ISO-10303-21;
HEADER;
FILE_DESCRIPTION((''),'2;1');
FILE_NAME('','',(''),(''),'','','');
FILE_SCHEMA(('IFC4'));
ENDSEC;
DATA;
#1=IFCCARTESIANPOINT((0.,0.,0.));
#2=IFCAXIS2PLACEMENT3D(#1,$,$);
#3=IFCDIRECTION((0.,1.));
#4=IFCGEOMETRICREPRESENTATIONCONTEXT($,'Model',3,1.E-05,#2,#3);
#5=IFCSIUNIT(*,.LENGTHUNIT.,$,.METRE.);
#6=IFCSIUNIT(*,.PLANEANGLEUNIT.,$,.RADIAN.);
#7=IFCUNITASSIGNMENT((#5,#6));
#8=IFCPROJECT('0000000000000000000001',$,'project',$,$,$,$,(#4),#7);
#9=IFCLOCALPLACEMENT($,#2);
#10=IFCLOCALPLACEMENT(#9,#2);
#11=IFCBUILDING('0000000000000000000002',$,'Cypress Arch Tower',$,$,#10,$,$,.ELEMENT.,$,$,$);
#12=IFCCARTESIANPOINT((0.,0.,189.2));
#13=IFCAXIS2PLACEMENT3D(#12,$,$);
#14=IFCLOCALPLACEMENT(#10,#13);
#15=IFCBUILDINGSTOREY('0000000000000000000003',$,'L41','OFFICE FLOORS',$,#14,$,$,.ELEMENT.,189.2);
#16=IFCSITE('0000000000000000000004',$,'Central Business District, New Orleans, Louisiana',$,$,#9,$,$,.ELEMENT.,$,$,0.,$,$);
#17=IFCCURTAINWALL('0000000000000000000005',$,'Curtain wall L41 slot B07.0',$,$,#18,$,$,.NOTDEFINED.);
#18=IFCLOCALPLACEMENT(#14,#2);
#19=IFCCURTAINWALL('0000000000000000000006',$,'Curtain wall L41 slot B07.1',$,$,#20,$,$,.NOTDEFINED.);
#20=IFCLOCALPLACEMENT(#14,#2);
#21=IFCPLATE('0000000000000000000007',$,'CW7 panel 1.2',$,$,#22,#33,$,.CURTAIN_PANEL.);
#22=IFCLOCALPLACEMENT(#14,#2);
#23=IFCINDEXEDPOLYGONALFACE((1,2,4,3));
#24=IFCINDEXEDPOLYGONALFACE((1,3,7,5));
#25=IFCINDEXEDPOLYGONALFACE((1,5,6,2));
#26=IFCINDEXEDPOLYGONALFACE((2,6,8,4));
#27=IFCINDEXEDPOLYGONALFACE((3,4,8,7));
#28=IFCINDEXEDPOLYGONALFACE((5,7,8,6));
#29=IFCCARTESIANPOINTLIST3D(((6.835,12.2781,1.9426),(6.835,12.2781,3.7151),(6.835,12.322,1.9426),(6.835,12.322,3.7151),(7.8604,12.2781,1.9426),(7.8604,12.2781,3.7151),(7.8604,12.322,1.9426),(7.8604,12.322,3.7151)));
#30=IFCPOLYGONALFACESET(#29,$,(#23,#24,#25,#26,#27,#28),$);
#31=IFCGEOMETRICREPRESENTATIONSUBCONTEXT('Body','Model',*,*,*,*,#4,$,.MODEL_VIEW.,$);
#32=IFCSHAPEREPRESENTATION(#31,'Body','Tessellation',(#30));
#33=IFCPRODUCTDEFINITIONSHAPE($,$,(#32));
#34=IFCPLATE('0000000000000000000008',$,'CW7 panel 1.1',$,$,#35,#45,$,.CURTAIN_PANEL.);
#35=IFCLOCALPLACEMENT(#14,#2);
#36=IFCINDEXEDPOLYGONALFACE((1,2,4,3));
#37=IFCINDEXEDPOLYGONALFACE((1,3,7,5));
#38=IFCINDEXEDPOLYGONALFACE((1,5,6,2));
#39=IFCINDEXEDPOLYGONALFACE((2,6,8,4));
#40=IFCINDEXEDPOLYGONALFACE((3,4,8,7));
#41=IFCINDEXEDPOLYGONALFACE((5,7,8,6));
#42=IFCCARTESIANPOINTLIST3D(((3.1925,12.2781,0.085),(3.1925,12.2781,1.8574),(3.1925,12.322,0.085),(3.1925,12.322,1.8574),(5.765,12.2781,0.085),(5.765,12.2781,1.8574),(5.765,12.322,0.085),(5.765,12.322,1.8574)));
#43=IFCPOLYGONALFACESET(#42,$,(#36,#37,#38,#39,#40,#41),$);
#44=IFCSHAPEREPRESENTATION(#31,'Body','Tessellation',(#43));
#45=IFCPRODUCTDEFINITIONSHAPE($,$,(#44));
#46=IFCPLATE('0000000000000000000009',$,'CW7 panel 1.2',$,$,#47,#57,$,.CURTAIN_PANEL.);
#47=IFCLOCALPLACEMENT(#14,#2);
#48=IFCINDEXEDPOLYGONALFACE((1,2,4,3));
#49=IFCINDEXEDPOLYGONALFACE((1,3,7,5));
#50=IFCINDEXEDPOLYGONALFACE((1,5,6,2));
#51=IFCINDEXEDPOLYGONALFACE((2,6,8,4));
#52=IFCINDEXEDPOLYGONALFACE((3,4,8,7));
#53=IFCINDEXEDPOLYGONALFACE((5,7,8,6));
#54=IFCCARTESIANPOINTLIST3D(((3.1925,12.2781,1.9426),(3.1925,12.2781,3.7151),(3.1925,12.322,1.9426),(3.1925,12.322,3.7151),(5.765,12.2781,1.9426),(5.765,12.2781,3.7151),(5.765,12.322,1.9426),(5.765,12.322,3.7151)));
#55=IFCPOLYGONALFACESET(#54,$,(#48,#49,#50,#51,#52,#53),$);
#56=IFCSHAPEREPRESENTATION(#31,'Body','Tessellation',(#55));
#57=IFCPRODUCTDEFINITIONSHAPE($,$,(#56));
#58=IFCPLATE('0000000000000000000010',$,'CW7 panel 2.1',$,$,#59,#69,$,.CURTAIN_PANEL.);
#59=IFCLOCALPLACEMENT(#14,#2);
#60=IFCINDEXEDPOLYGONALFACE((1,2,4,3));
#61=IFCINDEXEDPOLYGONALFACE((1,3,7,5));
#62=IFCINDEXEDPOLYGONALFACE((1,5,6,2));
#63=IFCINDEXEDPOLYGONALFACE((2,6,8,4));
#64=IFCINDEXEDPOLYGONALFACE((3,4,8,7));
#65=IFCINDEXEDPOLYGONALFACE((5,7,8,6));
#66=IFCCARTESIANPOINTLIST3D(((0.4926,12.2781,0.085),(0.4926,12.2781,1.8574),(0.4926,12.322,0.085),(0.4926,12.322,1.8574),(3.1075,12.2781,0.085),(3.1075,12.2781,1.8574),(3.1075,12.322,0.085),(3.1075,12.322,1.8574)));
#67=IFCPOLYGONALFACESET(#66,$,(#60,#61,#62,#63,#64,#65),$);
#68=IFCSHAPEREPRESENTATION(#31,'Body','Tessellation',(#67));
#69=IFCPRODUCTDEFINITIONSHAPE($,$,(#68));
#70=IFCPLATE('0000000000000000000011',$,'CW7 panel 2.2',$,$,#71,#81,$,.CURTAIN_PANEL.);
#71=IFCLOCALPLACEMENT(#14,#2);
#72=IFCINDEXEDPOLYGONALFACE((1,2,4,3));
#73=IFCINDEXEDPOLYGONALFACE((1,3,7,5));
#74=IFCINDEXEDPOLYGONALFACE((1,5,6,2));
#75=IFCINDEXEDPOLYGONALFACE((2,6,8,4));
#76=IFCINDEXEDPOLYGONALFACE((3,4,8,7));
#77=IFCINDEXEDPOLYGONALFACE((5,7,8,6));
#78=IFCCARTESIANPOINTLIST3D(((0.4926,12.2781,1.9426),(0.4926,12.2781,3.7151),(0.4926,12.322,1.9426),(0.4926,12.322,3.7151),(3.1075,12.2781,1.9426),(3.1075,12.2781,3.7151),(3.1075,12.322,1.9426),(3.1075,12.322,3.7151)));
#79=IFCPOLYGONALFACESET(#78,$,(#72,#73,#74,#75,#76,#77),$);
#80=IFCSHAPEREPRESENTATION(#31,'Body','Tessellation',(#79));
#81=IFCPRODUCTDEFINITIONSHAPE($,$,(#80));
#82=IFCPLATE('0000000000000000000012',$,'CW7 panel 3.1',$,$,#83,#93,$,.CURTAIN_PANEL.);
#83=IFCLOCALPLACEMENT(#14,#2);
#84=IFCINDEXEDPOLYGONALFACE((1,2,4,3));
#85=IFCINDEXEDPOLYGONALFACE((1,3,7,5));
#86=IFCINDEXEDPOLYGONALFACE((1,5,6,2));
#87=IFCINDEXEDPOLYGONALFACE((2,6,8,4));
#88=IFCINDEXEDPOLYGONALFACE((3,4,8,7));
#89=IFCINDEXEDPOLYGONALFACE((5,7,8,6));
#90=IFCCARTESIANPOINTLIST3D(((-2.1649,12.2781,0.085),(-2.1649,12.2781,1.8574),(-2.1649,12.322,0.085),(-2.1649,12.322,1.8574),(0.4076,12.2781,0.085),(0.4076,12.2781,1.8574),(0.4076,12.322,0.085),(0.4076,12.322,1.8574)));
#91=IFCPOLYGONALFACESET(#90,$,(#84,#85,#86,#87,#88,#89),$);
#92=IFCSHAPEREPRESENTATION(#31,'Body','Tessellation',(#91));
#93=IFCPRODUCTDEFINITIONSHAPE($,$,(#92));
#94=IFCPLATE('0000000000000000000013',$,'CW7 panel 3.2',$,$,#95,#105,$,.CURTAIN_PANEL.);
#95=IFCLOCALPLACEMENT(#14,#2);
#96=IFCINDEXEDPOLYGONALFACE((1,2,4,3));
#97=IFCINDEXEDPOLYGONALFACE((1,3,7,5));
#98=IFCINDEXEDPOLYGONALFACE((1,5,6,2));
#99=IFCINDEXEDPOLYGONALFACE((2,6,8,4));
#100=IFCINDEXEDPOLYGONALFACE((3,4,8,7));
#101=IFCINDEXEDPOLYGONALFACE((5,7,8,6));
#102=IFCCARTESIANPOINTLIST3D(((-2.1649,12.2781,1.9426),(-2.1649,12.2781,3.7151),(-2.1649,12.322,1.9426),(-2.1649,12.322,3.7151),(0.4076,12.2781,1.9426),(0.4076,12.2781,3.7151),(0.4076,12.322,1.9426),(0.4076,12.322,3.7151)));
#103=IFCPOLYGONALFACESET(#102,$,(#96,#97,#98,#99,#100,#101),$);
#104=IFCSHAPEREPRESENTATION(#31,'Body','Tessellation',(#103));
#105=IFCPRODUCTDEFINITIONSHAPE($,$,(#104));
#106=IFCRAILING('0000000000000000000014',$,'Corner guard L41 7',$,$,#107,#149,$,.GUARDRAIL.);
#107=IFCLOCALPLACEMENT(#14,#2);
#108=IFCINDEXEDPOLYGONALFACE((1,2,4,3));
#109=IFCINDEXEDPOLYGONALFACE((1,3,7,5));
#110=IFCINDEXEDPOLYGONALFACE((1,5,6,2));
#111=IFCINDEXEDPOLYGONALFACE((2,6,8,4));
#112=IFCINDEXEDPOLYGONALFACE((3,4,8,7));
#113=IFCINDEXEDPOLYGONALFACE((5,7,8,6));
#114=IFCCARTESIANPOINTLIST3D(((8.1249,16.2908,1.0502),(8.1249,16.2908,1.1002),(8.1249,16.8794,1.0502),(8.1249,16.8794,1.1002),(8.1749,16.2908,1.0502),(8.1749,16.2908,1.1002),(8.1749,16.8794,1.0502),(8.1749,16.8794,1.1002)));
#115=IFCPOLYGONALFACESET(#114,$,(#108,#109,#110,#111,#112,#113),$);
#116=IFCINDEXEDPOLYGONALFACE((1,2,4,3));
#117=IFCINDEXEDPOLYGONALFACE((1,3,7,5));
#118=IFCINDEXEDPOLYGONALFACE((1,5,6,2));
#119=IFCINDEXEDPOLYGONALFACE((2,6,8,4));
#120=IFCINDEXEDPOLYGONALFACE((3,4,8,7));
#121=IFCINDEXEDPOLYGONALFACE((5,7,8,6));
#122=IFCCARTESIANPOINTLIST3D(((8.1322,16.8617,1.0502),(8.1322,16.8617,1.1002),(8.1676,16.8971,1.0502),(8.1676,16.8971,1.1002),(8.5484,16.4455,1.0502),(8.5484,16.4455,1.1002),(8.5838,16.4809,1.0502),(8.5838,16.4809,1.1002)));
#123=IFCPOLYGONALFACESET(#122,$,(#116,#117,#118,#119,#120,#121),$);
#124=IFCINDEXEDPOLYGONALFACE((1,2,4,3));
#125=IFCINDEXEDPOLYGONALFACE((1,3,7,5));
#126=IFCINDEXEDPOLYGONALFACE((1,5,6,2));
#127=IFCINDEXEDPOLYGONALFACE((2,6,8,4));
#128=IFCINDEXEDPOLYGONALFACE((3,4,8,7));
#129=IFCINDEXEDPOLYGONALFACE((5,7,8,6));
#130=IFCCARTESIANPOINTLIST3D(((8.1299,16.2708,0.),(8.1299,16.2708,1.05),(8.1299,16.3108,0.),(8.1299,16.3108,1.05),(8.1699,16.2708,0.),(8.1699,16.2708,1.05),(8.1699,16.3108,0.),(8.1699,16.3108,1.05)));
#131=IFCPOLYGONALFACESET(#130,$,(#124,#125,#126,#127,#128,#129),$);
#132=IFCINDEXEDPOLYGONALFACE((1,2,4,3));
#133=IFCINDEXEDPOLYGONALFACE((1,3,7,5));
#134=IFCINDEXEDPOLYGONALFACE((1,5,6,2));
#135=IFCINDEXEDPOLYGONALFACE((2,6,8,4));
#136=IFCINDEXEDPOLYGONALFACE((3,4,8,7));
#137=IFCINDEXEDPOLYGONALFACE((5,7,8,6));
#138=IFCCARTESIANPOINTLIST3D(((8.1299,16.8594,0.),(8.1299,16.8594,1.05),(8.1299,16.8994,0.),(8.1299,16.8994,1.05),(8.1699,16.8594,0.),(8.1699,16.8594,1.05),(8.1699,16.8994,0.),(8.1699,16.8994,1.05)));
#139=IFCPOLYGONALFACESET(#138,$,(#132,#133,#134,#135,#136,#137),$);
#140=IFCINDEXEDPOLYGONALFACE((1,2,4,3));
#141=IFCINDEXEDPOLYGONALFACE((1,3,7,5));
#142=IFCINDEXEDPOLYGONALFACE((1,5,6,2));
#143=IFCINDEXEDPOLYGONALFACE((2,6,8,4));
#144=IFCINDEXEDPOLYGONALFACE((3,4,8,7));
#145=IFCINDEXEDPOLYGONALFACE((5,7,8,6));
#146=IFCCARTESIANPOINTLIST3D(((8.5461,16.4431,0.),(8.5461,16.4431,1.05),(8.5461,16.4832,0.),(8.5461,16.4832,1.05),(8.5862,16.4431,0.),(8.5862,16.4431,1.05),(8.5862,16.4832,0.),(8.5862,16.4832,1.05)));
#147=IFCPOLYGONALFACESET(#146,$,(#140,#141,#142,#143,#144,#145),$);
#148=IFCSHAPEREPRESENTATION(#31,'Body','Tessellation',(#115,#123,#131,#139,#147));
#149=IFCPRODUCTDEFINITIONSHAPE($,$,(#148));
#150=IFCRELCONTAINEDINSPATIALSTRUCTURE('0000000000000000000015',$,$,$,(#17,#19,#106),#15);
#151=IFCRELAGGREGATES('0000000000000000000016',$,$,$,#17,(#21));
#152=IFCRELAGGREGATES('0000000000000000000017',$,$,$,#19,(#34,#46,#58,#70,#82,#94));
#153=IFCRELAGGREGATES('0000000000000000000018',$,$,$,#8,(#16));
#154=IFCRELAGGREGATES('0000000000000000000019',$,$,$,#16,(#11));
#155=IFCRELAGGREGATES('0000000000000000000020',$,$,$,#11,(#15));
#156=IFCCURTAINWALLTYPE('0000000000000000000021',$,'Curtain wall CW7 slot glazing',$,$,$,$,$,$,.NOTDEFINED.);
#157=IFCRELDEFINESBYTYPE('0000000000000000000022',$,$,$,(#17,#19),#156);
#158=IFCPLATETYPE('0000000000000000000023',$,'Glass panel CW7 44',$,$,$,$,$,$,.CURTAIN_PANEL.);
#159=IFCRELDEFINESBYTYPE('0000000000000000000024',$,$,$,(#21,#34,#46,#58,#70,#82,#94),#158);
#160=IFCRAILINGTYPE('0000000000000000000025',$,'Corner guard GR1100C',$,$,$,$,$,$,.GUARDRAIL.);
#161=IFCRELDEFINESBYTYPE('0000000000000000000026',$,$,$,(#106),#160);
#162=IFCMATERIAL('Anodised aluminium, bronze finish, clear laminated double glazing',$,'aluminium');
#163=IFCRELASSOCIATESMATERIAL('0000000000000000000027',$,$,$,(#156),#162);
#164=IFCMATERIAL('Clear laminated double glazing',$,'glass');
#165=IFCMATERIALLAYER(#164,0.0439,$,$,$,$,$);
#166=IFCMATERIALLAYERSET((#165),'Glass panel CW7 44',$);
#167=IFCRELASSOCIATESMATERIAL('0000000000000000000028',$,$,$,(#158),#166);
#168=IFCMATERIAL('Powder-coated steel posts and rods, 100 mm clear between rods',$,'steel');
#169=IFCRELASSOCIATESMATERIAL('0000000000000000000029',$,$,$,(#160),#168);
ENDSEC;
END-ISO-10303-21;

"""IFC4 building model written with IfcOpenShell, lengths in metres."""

from ifc_helpers import new_model, si_unit, direction, frame, origin, origin_2d, place, context, subcontext, project, spatial, rectangle, extrude, material, layer, layer_set, type_object, element, aggregate, save


model = new_model("IFC4")

# Units and contexts
model_context = context("Model", 3, precision=1e-05, world=origin(), true_north=direction((0.0, 1.0)))
body_context = subcontext(model_context, "Body", "Model", "MODEL_VIEW")
ifc_project = project(units=[si_unit("LENGTHUNIT", "METRE"), si_unit("PLANEANGLEUNIT", "RADIAN")], contexts=[model_context])

# Site, building, storey
site_placement = place(None, origin())
site = spatial("IfcSite", under=ifc_project, at=site_placement, Name="Central Business District, New Orleans, Louisiana", CompositionType="ELEMENT", RefElevation=0.0)
building_placement = place(site_placement, origin())
building = spatial("IfcBuilding", under=site, at=building_placement, Name="Cypress Arch Tower", CompositionType="ELEMENT")
storey_placement = place(building_placement, frame((0.0, 0.0, 189.2)))
storey = spatial("IfcBuildingStorey", under=building, at=storey_placement, Name="L41", Description="OFFICE FLOORS", CompositionType="ELEMENT", Elevation=189.2)

# Curtain walls
ifc_material_1 = material(Name="Anodised aluminium, bronze finish, clear laminated double glazing", Category="aluminium")
curtain_wall_type = type_object("IfcCurtainWallType", Name="Curtain wall CW7 slot glazing", PredefinedType="NOTDEFINED", material=ifc_material_1)
curtain_wall_1_placement = place(storey_placement, origin())
curtain_wall_1 = element("IfcCurtainWall", 1, at=curtain_wall_1_placement, inside=storey, type_object=curtain_wall_type, Name="Curtain wall L41 slot B07.0", PredefinedType="NOTDEFINED")
curtain_wall_2_placement = place(storey_placement, origin())
curtain_wall_2 = element("IfcCurtainWall", 2, at=curtain_wall_2_placement, inside=storey, type_object=curtain_wall_type, Name="Curtain wall L41 slot B07.1", PredefinedType="NOTDEFINED")

# Plates
ifc_material_2 = material(Name="Clear laminated double glazing", Category="glass")
ifc_layer = layer(ifc_material_2, 0.0439)
ifc_layer_set = layer_set([ifc_layer], Name="Glass panel CW7 44")
plate_type = type_object("IfcPlateType", Name="Glass panel CW7 44", PredefinedType="CURTAIN_PANEL", material=ifc_layer_set)
plate_1_placement = place(storey_placement, frame((7.3477, 12.3, 1.9426), z_axis=(0.0, 0.0, 1.0), x_axis=(-1.0, 0.0, 0.0)))
plate_1 = element("IfcPlate", 3, at=plate_1_placement, type_object=plate_type, Name="CW7 panel 1.2", PredefinedType="CURTAIN_PANEL", context=body_context, shape_type="SweptSolid", body=[
    extrude(rectangle(XDim=1.0254, YDim=0.0439, at=origin_2d()), origin(), (0.0, 0.0, 1.0), 1.7725),
])
aggregate(curtain_wall_1, [plate_1])
plate_2_placement = place(storey_placement, frame((4.4788, 12.3, 0.085), z_axis=(0.0, 0.0, 1.0), x_axis=(-1.0, 0.0, 0.0)))
plate_2 = element("IfcPlate", 4, at=plate_2_placement, type_object=plate_type, Name="CW7 panel 1.1", PredefinedType="CURTAIN_PANEL", context=body_context, shape_type="SweptSolid", body=[
    extrude(rectangle(XDim=2.5725, YDim=0.0439, at=origin_2d()), origin(), (0.0, 0.0, 1.0), 1.7725),
])
plate_3_placement = place(storey_placement, frame((4.4788, 12.3, 1.9426), z_axis=(0.0, 0.0, 1.0), x_axis=(-1.0, 0.0, 0.0)))
plate_3 = element("IfcPlate", 5, at=plate_3_placement, type_object=plate_type, Name="CW7 panel 1.2", PredefinedType="CURTAIN_PANEL", context=body_context, shape_type="SweptSolid", body=[
    extrude(rectangle(XDim=2.5725, YDim=0.0439, at=origin_2d()), origin(), (0.0, 0.0, 1.0), 1.7725),
])
plate_4_placement = place(storey_placement, frame((1.8, 12.3, 0.085), z_axis=(0.0, 0.0, 1.0), x_axis=(-1.0, 0.0, 0.0)))
plate_4 = element("IfcPlate", 6, at=plate_4_placement, type_object=plate_type, Name="CW7 panel 2.1", PredefinedType="CURTAIN_PANEL", context=body_context, shape_type="SweptSolid", body=[
    extrude(rectangle(XDim=2.615, YDim=0.0439, at=origin_2d()), origin(), (0.0, 0.0, 1.0), 1.7725),
])
plate_5_placement = place(storey_placement, frame((1.8, 12.3, 1.9426), z_axis=(0.0, 0.0, 1.0), x_axis=(-1.0, 0.0, 0.0)))
plate_5 = element("IfcPlate", 7, at=plate_5_placement, type_object=plate_type, Name="CW7 panel 2.2", PredefinedType="CURTAIN_PANEL", context=body_context, shape_type="SweptSolid", body=[
    extrude(rectangle(XDim=2.615, YDim=0.0439, at=origin_2d()), origin(), (0.0, 0.0, 1.0), 1.7725),
])
plate_6_placement = place(storey_placement, frame((-0.8787, 12.3, 0.085), z_axis=(0.0, 0.0, 1.0), x_axis=(-1.0, 0.0, 0.0)))
plate_6 = element("IfcPlate", 8, at=plate_6_placement, type_object=plate_type, Name="CW7 panel 3.1", PredefinedType="CURTAIN_PANEL", context=body_context, shape_type="SweptSolid", body=[
    extrude(rectangle(XDim=2.5725, YDim=0.0439, at=origin_2d()), origin(), (0.0, 0.0, 1.0), 1.7725),
])
plate_7_placement = place(storey_placement, frame((-0.8787, 12.3, 1.9426), z_axis=(0.0, 0.0, 1.0), x_axis=(-1.0, 0.0, 0.0)))
plate_7 = element("IfcPlate", 9, at=plate_7_placement, type_object=plate_type, Name="CW7 panel 3.2", PredefinedType="CURTAIN_PANEL", context=body_context, shape_type="SweptSolid", body=[
    extrude(rectangle(XDim=2.5725, YDim=0.0439, at=origin_2d()), origin(), (0.0, 0.0, 1.0), 1.7725),
])
aggregate(curtain_wall_2, [plate_2, plate_3, plate_4, plate_5, plate_6, plate_7])

# Railing
ifc_material_3 = material(Name="Powder-coated steel posts and rods, 100 mm clear between rods", Category="steel")
railing_type = type_object("IfcRailingType", Name="Corner guard GR1100C", PredefinedType="GUARDRAIL", material=ifc_material_3)
railing_placement = place(storey_placement, frame((8.1499, 16.2908, 0.0)))
element("IfcRailing", 10, at=railing_placement, inside=storey, type_object=railing_type, Name="Corner guard L41 7", PredefinedType="GUARDRAIL", context=body_context, shape_type="SweptSolid", body=[
    extrude(rectangle(XDim=0.05, YDim=0.05, at=origin_2d()), frame((0.0, 0.0, 1.0752), z_axis=(0.0, 1.0, 0.0), x_axis=(-1.0, 0.0, 0.0)), (0.0, 0.0, 1.0), 0.5886),
    extrude(rectangle(XDim=0.05, YDim=0.05, at=origin_2d()), frame((0.0, 0.5886, 1.0752), z_axis=(0.707107, -0.707107, 0.0), x_axis=(0.707107, 0.707107, 0.0)), (0.0, 0.0, 1.0), 0.5886),
    extrude(rectangle(XDim=0.04, YDim=0.04, at=origin_2d()), origin(), (0.0, 0.0, 1.0), 1.05),
    extrude(rectangle(XDim=0.04, YDim=0.04, at=origin_2d()), frame((0.0, 0.5886, 0.0)), (0.0, 0.0, 1.0), 1.05),
    extrude(rectangle(XDim=0.04, YDim=0.04, at=origin_2d()), frame((0.4163, 0.1724, 0.0)), (0.0, 0.0, 1.0), 1.05),
])

save(model, "model.ifc")
